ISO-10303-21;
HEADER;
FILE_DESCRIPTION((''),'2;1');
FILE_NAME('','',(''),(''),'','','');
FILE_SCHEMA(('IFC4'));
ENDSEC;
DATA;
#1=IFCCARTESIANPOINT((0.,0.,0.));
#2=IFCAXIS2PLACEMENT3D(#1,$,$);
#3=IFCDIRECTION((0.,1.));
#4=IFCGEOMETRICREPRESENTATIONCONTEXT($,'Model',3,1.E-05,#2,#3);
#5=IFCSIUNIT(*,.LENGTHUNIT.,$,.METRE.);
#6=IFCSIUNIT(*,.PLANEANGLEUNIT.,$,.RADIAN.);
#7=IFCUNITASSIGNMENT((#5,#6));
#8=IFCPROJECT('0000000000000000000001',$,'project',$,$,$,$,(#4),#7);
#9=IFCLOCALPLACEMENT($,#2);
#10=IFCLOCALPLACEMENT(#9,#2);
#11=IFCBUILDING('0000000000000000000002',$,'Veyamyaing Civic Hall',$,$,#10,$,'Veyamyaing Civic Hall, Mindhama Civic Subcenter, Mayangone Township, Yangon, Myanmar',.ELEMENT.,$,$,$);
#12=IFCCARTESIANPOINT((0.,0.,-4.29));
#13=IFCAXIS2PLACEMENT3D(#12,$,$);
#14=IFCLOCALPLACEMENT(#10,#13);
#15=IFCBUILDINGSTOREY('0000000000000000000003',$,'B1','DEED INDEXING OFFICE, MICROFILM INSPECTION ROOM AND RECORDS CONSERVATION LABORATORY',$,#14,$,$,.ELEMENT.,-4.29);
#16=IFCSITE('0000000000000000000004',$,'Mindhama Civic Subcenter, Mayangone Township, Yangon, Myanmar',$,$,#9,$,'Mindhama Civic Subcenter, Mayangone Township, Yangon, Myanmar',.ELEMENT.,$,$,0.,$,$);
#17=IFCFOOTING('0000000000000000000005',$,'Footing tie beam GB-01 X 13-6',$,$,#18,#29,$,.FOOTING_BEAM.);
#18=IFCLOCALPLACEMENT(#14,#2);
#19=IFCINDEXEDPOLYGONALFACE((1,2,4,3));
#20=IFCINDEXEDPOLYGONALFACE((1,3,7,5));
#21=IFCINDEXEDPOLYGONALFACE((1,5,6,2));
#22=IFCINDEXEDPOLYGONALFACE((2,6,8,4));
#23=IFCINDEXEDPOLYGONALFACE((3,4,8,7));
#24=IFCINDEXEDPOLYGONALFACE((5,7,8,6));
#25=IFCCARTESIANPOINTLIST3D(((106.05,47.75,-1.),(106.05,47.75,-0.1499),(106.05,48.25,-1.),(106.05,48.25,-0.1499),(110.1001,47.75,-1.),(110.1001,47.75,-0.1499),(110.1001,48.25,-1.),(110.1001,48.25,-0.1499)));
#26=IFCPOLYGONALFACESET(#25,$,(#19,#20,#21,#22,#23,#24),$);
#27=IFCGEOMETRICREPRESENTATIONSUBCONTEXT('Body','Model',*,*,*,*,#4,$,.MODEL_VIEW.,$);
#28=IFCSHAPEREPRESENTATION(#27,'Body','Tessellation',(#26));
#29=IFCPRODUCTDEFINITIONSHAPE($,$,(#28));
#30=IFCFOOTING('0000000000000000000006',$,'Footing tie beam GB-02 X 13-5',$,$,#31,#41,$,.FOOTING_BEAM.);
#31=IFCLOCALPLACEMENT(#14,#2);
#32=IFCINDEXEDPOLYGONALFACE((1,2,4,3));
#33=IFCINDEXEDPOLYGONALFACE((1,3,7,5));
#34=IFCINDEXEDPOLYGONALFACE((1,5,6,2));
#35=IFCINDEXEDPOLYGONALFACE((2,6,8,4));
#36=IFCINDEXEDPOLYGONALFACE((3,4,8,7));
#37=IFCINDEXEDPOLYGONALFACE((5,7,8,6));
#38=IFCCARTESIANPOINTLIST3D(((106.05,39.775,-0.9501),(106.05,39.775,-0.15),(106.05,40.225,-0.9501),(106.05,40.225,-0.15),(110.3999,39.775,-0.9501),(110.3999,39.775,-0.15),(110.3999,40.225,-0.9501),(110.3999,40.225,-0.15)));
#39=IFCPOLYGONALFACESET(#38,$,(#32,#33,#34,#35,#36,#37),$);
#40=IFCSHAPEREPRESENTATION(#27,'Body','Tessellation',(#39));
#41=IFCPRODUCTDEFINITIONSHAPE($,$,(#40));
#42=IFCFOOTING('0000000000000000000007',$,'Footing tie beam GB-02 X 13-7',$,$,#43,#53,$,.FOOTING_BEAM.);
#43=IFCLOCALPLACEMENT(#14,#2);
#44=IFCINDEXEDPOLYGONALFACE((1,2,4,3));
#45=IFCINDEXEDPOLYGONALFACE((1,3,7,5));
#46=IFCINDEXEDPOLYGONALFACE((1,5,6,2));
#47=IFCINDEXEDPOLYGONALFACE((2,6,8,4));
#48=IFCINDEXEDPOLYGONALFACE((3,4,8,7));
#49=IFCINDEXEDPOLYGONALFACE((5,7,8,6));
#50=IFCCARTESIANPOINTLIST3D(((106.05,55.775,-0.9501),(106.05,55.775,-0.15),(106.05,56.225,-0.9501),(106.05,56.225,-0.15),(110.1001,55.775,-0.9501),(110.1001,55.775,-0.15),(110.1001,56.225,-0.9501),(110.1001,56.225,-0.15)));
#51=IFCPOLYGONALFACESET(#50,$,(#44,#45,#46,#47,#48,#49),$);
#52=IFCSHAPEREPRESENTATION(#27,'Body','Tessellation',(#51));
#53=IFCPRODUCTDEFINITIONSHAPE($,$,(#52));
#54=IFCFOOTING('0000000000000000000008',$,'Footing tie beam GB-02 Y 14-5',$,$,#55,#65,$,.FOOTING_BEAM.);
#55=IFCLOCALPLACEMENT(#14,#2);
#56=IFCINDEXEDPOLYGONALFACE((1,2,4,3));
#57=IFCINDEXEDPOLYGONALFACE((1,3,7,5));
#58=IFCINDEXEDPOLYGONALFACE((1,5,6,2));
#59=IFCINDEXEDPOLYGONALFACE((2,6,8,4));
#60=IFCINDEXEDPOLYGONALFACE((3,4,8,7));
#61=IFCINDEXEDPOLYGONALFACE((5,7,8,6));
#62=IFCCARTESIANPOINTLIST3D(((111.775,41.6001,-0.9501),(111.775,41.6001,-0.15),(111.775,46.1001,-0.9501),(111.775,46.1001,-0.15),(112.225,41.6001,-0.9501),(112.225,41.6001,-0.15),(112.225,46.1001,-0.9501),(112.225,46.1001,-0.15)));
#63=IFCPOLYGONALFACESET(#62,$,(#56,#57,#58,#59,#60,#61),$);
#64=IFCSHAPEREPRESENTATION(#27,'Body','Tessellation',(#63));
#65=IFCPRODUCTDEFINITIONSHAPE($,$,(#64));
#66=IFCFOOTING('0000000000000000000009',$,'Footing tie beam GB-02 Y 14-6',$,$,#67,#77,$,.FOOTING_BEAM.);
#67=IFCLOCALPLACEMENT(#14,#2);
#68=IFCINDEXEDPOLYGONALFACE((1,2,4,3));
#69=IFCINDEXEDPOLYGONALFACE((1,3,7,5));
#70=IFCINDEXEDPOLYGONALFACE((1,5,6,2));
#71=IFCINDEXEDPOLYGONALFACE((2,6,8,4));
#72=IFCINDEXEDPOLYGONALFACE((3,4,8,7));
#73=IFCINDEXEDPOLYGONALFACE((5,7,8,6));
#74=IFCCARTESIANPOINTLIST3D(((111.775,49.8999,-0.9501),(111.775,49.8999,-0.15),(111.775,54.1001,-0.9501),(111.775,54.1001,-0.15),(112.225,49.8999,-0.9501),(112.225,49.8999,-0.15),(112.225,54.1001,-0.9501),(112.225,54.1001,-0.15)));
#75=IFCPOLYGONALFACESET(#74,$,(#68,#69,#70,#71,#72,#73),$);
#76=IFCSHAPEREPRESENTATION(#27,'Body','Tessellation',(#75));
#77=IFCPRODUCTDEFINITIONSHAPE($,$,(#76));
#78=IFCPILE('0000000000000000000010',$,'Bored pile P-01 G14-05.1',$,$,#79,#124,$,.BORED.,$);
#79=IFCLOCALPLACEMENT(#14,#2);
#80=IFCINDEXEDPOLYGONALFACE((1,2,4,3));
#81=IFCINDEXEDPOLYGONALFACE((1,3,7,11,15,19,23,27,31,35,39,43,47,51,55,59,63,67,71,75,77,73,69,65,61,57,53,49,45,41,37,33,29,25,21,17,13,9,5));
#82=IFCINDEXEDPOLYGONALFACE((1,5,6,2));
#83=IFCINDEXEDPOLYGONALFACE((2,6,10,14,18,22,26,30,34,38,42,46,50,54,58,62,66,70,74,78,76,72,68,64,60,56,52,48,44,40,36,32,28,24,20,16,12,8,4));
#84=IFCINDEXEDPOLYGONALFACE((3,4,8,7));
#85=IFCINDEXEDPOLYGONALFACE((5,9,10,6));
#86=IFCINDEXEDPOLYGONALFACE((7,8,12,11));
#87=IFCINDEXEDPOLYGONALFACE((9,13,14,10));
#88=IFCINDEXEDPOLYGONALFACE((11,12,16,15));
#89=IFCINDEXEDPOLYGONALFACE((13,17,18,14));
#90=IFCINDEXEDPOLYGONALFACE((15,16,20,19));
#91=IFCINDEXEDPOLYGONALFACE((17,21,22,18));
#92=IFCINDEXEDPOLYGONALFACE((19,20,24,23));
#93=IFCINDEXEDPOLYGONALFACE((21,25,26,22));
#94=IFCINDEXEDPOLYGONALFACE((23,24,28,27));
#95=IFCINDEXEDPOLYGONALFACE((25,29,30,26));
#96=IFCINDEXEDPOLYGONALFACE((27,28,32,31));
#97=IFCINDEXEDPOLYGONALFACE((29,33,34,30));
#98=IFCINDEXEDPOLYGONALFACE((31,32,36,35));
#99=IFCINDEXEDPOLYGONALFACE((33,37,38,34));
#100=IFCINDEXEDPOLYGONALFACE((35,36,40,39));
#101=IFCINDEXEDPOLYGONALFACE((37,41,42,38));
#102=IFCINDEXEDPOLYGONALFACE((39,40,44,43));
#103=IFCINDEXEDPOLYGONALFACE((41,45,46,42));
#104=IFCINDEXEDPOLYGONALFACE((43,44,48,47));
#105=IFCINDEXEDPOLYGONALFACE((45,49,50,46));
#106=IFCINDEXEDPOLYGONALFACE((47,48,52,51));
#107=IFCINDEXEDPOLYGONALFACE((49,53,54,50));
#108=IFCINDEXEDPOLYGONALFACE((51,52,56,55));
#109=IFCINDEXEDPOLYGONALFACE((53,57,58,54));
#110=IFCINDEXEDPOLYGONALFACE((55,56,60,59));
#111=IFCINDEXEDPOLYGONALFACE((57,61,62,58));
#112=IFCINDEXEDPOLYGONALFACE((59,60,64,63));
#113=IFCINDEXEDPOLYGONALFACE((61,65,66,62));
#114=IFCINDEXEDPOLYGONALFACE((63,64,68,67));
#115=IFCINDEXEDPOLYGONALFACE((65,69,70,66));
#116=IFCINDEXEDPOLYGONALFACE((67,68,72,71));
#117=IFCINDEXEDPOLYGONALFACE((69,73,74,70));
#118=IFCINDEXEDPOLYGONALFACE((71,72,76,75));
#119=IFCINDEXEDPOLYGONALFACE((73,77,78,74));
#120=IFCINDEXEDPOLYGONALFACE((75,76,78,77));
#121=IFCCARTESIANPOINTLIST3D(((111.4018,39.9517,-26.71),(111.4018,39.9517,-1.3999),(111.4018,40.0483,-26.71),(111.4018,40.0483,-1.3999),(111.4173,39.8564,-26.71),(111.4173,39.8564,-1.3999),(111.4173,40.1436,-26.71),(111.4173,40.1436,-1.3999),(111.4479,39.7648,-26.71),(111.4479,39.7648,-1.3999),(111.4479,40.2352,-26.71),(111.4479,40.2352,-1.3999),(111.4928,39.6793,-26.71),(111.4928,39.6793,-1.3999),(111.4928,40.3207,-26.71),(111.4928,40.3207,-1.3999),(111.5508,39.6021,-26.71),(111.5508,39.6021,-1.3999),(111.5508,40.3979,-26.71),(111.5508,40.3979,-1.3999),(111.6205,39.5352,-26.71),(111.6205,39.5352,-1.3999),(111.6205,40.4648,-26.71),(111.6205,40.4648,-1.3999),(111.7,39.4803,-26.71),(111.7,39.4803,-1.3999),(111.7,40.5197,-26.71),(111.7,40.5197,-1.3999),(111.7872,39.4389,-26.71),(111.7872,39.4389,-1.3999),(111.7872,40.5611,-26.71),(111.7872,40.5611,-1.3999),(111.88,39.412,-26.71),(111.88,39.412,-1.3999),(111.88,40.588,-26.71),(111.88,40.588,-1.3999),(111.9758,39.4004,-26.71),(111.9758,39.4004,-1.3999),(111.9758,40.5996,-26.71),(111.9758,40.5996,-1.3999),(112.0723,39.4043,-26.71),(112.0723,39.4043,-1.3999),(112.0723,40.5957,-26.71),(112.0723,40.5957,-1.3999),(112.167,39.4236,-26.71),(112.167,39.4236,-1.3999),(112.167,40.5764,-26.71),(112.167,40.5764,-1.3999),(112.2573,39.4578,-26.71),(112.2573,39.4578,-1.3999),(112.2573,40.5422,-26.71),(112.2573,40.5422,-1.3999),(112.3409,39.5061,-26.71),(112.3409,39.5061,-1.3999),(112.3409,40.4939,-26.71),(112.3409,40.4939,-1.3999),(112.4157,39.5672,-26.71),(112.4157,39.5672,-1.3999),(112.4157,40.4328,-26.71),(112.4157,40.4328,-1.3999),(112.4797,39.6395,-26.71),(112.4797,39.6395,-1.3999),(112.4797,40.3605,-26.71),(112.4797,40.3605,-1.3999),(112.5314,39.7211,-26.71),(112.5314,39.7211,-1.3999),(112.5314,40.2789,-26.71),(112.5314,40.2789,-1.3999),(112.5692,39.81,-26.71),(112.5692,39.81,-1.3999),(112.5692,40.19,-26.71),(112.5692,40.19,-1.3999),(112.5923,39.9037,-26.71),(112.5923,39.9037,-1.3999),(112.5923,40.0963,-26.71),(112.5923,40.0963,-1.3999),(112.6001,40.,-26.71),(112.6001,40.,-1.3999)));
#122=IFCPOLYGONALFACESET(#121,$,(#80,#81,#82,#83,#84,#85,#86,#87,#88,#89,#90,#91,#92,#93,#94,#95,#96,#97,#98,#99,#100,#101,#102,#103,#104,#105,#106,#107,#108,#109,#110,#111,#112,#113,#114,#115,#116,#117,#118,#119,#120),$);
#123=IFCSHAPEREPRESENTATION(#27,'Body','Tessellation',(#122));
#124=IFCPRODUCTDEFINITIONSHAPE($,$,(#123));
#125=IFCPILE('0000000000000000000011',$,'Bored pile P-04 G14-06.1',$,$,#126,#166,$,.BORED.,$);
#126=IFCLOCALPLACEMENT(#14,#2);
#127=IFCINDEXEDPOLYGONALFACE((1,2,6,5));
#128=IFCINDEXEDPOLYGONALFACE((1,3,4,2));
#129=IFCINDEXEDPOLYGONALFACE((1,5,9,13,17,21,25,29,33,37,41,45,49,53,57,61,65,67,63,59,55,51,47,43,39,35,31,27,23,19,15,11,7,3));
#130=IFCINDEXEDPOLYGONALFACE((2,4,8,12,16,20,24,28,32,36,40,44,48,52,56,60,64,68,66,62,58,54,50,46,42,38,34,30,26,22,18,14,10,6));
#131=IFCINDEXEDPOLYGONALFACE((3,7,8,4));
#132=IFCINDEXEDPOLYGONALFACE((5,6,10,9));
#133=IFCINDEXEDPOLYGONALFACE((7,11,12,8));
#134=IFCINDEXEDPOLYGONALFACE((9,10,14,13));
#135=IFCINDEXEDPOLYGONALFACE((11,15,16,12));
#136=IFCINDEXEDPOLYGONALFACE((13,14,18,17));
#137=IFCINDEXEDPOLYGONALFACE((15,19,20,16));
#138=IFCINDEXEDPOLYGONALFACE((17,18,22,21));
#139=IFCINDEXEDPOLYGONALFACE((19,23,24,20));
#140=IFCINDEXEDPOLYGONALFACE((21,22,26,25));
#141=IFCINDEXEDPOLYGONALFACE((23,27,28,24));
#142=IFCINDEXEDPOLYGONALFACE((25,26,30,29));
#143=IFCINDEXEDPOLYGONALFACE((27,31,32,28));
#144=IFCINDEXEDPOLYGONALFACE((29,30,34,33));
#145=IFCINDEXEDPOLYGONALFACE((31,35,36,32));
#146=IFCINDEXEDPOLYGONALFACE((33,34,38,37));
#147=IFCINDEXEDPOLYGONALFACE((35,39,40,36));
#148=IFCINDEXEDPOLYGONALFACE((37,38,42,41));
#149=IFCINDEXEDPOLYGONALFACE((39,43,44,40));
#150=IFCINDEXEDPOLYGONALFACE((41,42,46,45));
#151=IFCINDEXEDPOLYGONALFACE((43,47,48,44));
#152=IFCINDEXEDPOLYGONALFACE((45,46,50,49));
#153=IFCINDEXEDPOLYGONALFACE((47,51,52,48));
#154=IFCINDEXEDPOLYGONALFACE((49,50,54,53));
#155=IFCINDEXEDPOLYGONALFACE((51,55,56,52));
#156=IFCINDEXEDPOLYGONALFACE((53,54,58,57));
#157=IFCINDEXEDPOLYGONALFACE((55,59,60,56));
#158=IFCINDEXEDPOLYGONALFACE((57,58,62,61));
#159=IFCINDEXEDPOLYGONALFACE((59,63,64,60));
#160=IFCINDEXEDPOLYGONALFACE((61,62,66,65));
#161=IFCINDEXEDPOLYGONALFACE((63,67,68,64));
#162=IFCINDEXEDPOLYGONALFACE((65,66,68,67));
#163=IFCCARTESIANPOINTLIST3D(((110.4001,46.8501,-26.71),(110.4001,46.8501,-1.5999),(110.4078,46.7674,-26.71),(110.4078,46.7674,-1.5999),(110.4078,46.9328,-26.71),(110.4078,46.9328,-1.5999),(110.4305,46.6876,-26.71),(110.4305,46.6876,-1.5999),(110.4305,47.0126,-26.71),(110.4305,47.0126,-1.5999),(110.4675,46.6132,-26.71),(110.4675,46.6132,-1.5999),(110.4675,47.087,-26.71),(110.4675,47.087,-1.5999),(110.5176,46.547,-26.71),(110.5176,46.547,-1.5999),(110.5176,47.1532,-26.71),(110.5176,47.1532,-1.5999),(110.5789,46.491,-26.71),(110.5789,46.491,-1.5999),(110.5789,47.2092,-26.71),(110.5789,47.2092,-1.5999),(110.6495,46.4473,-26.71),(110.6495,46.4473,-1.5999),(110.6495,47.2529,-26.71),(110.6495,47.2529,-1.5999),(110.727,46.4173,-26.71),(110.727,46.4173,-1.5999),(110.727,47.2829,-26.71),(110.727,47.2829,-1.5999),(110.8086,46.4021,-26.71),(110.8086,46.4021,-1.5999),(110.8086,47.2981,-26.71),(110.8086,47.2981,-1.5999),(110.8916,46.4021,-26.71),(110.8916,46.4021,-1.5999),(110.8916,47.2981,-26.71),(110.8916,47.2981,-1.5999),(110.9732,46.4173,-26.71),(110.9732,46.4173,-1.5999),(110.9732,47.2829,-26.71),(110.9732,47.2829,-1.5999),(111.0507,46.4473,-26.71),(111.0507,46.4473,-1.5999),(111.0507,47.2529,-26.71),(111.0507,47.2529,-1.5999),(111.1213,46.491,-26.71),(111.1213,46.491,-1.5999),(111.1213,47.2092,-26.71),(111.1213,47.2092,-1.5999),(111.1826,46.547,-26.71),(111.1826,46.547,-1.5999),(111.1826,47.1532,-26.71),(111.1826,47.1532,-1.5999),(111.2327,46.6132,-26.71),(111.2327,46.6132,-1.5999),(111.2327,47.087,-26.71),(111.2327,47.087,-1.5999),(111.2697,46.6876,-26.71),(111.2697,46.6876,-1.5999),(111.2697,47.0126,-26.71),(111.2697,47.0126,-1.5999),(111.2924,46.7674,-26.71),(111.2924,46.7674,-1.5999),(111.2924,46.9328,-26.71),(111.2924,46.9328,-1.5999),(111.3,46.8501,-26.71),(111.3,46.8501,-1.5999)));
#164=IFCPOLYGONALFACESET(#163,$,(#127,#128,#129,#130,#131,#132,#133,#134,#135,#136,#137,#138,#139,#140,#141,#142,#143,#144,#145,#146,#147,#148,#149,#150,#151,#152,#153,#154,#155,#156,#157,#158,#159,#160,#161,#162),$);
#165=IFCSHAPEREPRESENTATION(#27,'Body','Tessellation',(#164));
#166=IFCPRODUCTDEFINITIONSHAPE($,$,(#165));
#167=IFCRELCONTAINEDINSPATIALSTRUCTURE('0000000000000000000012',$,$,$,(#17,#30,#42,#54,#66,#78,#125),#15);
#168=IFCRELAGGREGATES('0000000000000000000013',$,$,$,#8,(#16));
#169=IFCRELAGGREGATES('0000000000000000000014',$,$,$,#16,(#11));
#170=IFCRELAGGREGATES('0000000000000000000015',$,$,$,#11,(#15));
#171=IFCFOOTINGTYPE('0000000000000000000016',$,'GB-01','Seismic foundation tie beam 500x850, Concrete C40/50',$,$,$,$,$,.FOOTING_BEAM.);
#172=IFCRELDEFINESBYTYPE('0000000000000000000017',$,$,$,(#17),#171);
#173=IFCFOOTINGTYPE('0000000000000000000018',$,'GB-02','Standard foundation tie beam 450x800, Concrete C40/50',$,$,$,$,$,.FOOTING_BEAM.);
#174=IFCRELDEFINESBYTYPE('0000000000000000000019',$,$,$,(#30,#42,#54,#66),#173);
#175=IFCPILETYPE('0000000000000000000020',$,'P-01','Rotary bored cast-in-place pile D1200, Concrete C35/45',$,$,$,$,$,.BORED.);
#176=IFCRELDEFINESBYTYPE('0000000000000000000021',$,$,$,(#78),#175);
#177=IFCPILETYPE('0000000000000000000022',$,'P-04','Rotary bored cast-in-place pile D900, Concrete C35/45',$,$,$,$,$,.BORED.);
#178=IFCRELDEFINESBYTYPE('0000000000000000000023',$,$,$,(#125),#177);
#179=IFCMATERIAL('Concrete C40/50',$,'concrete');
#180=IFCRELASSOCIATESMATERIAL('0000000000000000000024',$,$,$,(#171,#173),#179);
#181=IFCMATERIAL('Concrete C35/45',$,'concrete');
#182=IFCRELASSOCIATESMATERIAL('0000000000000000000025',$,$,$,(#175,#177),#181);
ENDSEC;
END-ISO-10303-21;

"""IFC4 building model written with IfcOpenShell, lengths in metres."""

from ifc_helpers import new_model, si_unit, direction, frame, origin, origin_2d, place, context, subcontext, project, spatial, rectangle, circle, extrude, material, material_profile, profile_set, type_object, element, save


model = new_model("IFC4")

# Units and contexts
model_context = context("Model", 3, precision=1e-05, world=origin(), true_north=direction((0.0, 1.0)))
body_context = subcontext(model_context, "Body", "Model", "MODEL_VIEW")
ifc_project = project(units=[si_unit("LENGTHUNIT", "METRE"), si_unit("PLANEANGLEUNIT", "RADIAN")], contexts=[model_context])

# Site, building, storey
site_placement = place(None, origin())
site = spatial("IfcSite", under=ifc_project, at=site_placement, Name="Mindhama Civic Subcenter, Mayangone Township, Yangon, Myanmar", LongName="Mindhama Civic Subcenter, Mayangone Township, Yangon, Myanmar", CompositionType="ELEMENT", RefElevation=0.0)
building_placement = place(site_placement, origin())
building = spatial("IfcBuilding", under=site, at=building_placement, Name="Veyamyaing Civic Hall", LongName="Veyamyaing Civic Hall, Mindhama Civic Subcenter, Mayangone Township, Yangon, Myanmar", CompositionType="ELEMENT")
storey_placement = place(building_placement, frame((0.0, 0.0, -4.29)))
storey = spatial("IfcBuildingStorey", under=building, at=storey_placement, Name="B1", Description="DEED INDEXING OFFICE, MICROFILM INSPECTION ROOM AND RECORDS CONSERVATION LABORATORY", CompositionType="ELEMENT", Elevation=-4.29)

# Footings
ifc_material_1 = material(Name="Concrete C40/50", Category="concrete")
ifc_material_profile_1 = material_profile(ifc_material_1, rectangle(XDim=0.5, YDim=0.8501, at=origin_2d()), Name="GB-500X850")
ifc_profile_set_1 = profile_set([ifc_material_profile_1], Name="Concrete C40/50")
footing_type_1 = type_object("IfcFootingType", Name="GB-01", Description="Seismic foundation tie beam 500x850, Concrete C40/50", PredefinedType="FOOTING_BEAM", material=ifc_profile_set_1)
footing_1_placement = place(storey_placement, frame((106.05, 48.0, -0.575), z_axis=(1.0, 0.0, 0.0), x_axis=(0.0, 1.0, 0.0)))
element("IfcFooting", 1, at=footing_1_placement, inside=storey, type_object=footing_type_1, Name="Footing tie beam GB-01 X 13-6", PredefinedType="FOOTING_BEAM", context=body_context, shape_type="SweptSolid", body=[
    extrude(rectangle(XDim=0.5, YDim=0.8501, at=origin_2d()), origin(), (0.0, 0.0, 1.0), 4.05),
])
ifc_material_profile_2 = material_profile(ifc_material_1, rectangle(XDim=0.45, YDim=0.8, at=origin_2d()), Name="GB-450X800")
ifc_profile_set_2 = profile_set([ifc_material_profile_2], Name="Concrete C40/50")
footing_type_2 = type_object("IfcFootingType", Name="GB-02", Description="Standard foundation tie beam 450x800, Concrete C40/50", PredefinedType="FOOTING_BEAM", material=ifc_profile_set_2)
footing_2_placement = place(storey_placement, frame((106.05, 40.0, -0.55), z_axis=(1.0, 0.0, 0.0), x_axis=(0.0, 1.0, 0.0)))
element("IfcFooting", 2, at=footing_2_placement, inside=storey, type_object=footing_type_2, Name="Footing tie beam GB-02 X 13-5", PredefinedType="FOOTING_BEAM", context=body_context, shape_type="SweptSolid", body=[
    extrude(rectangle(XDim=0.45, YDim=0.8, at=origin_2d()), origin(), (0.0, 0.0, 1.0), 4.3499),
])
footing_3_placement = place(storey_placement, frame((106.05, 56.0, -0.55), z_axis=(1.0, 0.0, 0.0), x_axis=(0.0, 1.0, 0.0)))
element("IfcFooting", 3, at=footing_3_placement, inside=storey, type_object=footing_type_2, Name="Footing tie beam GB-02 X 13-7", PredefinedType="FOOTING_BEAM", context=body_context, shape_type="SweptSolid", body=[
    extrude(rectangle(XDim=0.45, YDim=0.8, at=origin_2d()), origin(), (0.0, 0.0, 1.0), 4.05),
])
footing_4_placement = place(storey_placement, frame((112.0, 41.6001, -0.55), z_axis=(0.0, 1.0, 0.0), x_axis=(-1.0, 0.0, 0.0)))
element("IfcFooting", 4, at=footing_4_placement, inside=storey, type_object=footing_type_2, Name="Footing tie beam GB-02 Y 14-5", PredefinedType="FOOTING_BEAM", context=body_context, shape_type="SweptSolid", body=[
    extrude(rectangle(XDim=0.45, YDim=0.8, at=origin_2d()), origin(), (0.0, 0.0, 1.0), 4.5),
])
footing_5_placement = place(storey_placement, frame((112.0, 49.8999, -0.55), z_axis=(0.0, 1.0, 0.0), x_axis=(-1.0, 0.0, 0.0)))
element("IfcFooting", 5, at=footing_5_placement, inside=storey, type_object=footing_type_2, Name="Footing tie beam GB-02 Y 14-6", PredefinedType="FOOTING_BEAM", context=body_context, shape_type="SweptSolid", body=[
    extrude(rectangle(XDim=0.45, YDim=0.8, at=origin_2d()), origin(), (0.0, 0.0, 1.0), 4.2002),
])

# Piles
ifc_material_2 = material(Name="Concrete C35/45", Category="concrete")
ifc_material_profile_3 = material_profile(ifc_material_2, circle(Radius=0.6001, at=origin_2d()), Name="PILE-D1200")
ifc_profile_set_3 = profile_set([ifc_material_profile_3], Name="Concrete C35/45")
pile_type_1 = type_object("IfcPileType", Name="P-01", Description="Rotary bored cast-in-place pile D1200, Concrete C35/45", PredefinedType="BORED", material=ifc_profile_set_3)
pile_placement = place(storey_placement, frame((112.0, 40.0, -1.3999), z_axis=(0.0, 0.0, -1.0), x_axis=(1.0, 0.0, 0.0)))
element("IfcPile", 6, at=pile_placement, inside=storey, type_object=pile_type_1, Name="Bored pile P-01 G14-05.1", PredefinedType="BORED", context=body_context, shape_type="SweptSolid", body=[
    extrude(circle(Radius=0.6001, at=origin_2d()), origin(), (0.0, 0.0, 1.0), 25.3101),
])
ifc_material_profile_4 = material_profile(ifc_material_2, circle(Radius=0.45, at=origin_2d()), Name="PILE-D900")
ifc_profile_set_4 = profile_set([ifc_material_profile_4], Name="Concrete C35/45")
pile_type_2 = type_object("IfcPileType", Name="P-04", Description="Rotary bored cast-in-place pile D900, Concrete C35/45", PredefinedType="BORED", material=ifc_profile_set_4)
for number, where, z_axis, x_axis, name in (
    (7, (110.8501, 46.8501, -1.5999), (0.0, 0.0, -1.0), (1.0, 0.0, 0.0), "Bored pile P-04 G14-06.1"),
):
    element("IfcPile", number, at=place(storey_placement, frame(where, z_axis=z_axis, x_axis=x_axis)), inside=storey, type_object=pile_type_2, Name=name, PredefinedType="BORED", context=body_context, shape_type="SweptSolid", body=[
        extrude(circle(Radius=0.45, at=origin_2d()), origin(), (0.0, 0.0, 1.0), 25.1101),
    ])

save(model, "model.ifc")
